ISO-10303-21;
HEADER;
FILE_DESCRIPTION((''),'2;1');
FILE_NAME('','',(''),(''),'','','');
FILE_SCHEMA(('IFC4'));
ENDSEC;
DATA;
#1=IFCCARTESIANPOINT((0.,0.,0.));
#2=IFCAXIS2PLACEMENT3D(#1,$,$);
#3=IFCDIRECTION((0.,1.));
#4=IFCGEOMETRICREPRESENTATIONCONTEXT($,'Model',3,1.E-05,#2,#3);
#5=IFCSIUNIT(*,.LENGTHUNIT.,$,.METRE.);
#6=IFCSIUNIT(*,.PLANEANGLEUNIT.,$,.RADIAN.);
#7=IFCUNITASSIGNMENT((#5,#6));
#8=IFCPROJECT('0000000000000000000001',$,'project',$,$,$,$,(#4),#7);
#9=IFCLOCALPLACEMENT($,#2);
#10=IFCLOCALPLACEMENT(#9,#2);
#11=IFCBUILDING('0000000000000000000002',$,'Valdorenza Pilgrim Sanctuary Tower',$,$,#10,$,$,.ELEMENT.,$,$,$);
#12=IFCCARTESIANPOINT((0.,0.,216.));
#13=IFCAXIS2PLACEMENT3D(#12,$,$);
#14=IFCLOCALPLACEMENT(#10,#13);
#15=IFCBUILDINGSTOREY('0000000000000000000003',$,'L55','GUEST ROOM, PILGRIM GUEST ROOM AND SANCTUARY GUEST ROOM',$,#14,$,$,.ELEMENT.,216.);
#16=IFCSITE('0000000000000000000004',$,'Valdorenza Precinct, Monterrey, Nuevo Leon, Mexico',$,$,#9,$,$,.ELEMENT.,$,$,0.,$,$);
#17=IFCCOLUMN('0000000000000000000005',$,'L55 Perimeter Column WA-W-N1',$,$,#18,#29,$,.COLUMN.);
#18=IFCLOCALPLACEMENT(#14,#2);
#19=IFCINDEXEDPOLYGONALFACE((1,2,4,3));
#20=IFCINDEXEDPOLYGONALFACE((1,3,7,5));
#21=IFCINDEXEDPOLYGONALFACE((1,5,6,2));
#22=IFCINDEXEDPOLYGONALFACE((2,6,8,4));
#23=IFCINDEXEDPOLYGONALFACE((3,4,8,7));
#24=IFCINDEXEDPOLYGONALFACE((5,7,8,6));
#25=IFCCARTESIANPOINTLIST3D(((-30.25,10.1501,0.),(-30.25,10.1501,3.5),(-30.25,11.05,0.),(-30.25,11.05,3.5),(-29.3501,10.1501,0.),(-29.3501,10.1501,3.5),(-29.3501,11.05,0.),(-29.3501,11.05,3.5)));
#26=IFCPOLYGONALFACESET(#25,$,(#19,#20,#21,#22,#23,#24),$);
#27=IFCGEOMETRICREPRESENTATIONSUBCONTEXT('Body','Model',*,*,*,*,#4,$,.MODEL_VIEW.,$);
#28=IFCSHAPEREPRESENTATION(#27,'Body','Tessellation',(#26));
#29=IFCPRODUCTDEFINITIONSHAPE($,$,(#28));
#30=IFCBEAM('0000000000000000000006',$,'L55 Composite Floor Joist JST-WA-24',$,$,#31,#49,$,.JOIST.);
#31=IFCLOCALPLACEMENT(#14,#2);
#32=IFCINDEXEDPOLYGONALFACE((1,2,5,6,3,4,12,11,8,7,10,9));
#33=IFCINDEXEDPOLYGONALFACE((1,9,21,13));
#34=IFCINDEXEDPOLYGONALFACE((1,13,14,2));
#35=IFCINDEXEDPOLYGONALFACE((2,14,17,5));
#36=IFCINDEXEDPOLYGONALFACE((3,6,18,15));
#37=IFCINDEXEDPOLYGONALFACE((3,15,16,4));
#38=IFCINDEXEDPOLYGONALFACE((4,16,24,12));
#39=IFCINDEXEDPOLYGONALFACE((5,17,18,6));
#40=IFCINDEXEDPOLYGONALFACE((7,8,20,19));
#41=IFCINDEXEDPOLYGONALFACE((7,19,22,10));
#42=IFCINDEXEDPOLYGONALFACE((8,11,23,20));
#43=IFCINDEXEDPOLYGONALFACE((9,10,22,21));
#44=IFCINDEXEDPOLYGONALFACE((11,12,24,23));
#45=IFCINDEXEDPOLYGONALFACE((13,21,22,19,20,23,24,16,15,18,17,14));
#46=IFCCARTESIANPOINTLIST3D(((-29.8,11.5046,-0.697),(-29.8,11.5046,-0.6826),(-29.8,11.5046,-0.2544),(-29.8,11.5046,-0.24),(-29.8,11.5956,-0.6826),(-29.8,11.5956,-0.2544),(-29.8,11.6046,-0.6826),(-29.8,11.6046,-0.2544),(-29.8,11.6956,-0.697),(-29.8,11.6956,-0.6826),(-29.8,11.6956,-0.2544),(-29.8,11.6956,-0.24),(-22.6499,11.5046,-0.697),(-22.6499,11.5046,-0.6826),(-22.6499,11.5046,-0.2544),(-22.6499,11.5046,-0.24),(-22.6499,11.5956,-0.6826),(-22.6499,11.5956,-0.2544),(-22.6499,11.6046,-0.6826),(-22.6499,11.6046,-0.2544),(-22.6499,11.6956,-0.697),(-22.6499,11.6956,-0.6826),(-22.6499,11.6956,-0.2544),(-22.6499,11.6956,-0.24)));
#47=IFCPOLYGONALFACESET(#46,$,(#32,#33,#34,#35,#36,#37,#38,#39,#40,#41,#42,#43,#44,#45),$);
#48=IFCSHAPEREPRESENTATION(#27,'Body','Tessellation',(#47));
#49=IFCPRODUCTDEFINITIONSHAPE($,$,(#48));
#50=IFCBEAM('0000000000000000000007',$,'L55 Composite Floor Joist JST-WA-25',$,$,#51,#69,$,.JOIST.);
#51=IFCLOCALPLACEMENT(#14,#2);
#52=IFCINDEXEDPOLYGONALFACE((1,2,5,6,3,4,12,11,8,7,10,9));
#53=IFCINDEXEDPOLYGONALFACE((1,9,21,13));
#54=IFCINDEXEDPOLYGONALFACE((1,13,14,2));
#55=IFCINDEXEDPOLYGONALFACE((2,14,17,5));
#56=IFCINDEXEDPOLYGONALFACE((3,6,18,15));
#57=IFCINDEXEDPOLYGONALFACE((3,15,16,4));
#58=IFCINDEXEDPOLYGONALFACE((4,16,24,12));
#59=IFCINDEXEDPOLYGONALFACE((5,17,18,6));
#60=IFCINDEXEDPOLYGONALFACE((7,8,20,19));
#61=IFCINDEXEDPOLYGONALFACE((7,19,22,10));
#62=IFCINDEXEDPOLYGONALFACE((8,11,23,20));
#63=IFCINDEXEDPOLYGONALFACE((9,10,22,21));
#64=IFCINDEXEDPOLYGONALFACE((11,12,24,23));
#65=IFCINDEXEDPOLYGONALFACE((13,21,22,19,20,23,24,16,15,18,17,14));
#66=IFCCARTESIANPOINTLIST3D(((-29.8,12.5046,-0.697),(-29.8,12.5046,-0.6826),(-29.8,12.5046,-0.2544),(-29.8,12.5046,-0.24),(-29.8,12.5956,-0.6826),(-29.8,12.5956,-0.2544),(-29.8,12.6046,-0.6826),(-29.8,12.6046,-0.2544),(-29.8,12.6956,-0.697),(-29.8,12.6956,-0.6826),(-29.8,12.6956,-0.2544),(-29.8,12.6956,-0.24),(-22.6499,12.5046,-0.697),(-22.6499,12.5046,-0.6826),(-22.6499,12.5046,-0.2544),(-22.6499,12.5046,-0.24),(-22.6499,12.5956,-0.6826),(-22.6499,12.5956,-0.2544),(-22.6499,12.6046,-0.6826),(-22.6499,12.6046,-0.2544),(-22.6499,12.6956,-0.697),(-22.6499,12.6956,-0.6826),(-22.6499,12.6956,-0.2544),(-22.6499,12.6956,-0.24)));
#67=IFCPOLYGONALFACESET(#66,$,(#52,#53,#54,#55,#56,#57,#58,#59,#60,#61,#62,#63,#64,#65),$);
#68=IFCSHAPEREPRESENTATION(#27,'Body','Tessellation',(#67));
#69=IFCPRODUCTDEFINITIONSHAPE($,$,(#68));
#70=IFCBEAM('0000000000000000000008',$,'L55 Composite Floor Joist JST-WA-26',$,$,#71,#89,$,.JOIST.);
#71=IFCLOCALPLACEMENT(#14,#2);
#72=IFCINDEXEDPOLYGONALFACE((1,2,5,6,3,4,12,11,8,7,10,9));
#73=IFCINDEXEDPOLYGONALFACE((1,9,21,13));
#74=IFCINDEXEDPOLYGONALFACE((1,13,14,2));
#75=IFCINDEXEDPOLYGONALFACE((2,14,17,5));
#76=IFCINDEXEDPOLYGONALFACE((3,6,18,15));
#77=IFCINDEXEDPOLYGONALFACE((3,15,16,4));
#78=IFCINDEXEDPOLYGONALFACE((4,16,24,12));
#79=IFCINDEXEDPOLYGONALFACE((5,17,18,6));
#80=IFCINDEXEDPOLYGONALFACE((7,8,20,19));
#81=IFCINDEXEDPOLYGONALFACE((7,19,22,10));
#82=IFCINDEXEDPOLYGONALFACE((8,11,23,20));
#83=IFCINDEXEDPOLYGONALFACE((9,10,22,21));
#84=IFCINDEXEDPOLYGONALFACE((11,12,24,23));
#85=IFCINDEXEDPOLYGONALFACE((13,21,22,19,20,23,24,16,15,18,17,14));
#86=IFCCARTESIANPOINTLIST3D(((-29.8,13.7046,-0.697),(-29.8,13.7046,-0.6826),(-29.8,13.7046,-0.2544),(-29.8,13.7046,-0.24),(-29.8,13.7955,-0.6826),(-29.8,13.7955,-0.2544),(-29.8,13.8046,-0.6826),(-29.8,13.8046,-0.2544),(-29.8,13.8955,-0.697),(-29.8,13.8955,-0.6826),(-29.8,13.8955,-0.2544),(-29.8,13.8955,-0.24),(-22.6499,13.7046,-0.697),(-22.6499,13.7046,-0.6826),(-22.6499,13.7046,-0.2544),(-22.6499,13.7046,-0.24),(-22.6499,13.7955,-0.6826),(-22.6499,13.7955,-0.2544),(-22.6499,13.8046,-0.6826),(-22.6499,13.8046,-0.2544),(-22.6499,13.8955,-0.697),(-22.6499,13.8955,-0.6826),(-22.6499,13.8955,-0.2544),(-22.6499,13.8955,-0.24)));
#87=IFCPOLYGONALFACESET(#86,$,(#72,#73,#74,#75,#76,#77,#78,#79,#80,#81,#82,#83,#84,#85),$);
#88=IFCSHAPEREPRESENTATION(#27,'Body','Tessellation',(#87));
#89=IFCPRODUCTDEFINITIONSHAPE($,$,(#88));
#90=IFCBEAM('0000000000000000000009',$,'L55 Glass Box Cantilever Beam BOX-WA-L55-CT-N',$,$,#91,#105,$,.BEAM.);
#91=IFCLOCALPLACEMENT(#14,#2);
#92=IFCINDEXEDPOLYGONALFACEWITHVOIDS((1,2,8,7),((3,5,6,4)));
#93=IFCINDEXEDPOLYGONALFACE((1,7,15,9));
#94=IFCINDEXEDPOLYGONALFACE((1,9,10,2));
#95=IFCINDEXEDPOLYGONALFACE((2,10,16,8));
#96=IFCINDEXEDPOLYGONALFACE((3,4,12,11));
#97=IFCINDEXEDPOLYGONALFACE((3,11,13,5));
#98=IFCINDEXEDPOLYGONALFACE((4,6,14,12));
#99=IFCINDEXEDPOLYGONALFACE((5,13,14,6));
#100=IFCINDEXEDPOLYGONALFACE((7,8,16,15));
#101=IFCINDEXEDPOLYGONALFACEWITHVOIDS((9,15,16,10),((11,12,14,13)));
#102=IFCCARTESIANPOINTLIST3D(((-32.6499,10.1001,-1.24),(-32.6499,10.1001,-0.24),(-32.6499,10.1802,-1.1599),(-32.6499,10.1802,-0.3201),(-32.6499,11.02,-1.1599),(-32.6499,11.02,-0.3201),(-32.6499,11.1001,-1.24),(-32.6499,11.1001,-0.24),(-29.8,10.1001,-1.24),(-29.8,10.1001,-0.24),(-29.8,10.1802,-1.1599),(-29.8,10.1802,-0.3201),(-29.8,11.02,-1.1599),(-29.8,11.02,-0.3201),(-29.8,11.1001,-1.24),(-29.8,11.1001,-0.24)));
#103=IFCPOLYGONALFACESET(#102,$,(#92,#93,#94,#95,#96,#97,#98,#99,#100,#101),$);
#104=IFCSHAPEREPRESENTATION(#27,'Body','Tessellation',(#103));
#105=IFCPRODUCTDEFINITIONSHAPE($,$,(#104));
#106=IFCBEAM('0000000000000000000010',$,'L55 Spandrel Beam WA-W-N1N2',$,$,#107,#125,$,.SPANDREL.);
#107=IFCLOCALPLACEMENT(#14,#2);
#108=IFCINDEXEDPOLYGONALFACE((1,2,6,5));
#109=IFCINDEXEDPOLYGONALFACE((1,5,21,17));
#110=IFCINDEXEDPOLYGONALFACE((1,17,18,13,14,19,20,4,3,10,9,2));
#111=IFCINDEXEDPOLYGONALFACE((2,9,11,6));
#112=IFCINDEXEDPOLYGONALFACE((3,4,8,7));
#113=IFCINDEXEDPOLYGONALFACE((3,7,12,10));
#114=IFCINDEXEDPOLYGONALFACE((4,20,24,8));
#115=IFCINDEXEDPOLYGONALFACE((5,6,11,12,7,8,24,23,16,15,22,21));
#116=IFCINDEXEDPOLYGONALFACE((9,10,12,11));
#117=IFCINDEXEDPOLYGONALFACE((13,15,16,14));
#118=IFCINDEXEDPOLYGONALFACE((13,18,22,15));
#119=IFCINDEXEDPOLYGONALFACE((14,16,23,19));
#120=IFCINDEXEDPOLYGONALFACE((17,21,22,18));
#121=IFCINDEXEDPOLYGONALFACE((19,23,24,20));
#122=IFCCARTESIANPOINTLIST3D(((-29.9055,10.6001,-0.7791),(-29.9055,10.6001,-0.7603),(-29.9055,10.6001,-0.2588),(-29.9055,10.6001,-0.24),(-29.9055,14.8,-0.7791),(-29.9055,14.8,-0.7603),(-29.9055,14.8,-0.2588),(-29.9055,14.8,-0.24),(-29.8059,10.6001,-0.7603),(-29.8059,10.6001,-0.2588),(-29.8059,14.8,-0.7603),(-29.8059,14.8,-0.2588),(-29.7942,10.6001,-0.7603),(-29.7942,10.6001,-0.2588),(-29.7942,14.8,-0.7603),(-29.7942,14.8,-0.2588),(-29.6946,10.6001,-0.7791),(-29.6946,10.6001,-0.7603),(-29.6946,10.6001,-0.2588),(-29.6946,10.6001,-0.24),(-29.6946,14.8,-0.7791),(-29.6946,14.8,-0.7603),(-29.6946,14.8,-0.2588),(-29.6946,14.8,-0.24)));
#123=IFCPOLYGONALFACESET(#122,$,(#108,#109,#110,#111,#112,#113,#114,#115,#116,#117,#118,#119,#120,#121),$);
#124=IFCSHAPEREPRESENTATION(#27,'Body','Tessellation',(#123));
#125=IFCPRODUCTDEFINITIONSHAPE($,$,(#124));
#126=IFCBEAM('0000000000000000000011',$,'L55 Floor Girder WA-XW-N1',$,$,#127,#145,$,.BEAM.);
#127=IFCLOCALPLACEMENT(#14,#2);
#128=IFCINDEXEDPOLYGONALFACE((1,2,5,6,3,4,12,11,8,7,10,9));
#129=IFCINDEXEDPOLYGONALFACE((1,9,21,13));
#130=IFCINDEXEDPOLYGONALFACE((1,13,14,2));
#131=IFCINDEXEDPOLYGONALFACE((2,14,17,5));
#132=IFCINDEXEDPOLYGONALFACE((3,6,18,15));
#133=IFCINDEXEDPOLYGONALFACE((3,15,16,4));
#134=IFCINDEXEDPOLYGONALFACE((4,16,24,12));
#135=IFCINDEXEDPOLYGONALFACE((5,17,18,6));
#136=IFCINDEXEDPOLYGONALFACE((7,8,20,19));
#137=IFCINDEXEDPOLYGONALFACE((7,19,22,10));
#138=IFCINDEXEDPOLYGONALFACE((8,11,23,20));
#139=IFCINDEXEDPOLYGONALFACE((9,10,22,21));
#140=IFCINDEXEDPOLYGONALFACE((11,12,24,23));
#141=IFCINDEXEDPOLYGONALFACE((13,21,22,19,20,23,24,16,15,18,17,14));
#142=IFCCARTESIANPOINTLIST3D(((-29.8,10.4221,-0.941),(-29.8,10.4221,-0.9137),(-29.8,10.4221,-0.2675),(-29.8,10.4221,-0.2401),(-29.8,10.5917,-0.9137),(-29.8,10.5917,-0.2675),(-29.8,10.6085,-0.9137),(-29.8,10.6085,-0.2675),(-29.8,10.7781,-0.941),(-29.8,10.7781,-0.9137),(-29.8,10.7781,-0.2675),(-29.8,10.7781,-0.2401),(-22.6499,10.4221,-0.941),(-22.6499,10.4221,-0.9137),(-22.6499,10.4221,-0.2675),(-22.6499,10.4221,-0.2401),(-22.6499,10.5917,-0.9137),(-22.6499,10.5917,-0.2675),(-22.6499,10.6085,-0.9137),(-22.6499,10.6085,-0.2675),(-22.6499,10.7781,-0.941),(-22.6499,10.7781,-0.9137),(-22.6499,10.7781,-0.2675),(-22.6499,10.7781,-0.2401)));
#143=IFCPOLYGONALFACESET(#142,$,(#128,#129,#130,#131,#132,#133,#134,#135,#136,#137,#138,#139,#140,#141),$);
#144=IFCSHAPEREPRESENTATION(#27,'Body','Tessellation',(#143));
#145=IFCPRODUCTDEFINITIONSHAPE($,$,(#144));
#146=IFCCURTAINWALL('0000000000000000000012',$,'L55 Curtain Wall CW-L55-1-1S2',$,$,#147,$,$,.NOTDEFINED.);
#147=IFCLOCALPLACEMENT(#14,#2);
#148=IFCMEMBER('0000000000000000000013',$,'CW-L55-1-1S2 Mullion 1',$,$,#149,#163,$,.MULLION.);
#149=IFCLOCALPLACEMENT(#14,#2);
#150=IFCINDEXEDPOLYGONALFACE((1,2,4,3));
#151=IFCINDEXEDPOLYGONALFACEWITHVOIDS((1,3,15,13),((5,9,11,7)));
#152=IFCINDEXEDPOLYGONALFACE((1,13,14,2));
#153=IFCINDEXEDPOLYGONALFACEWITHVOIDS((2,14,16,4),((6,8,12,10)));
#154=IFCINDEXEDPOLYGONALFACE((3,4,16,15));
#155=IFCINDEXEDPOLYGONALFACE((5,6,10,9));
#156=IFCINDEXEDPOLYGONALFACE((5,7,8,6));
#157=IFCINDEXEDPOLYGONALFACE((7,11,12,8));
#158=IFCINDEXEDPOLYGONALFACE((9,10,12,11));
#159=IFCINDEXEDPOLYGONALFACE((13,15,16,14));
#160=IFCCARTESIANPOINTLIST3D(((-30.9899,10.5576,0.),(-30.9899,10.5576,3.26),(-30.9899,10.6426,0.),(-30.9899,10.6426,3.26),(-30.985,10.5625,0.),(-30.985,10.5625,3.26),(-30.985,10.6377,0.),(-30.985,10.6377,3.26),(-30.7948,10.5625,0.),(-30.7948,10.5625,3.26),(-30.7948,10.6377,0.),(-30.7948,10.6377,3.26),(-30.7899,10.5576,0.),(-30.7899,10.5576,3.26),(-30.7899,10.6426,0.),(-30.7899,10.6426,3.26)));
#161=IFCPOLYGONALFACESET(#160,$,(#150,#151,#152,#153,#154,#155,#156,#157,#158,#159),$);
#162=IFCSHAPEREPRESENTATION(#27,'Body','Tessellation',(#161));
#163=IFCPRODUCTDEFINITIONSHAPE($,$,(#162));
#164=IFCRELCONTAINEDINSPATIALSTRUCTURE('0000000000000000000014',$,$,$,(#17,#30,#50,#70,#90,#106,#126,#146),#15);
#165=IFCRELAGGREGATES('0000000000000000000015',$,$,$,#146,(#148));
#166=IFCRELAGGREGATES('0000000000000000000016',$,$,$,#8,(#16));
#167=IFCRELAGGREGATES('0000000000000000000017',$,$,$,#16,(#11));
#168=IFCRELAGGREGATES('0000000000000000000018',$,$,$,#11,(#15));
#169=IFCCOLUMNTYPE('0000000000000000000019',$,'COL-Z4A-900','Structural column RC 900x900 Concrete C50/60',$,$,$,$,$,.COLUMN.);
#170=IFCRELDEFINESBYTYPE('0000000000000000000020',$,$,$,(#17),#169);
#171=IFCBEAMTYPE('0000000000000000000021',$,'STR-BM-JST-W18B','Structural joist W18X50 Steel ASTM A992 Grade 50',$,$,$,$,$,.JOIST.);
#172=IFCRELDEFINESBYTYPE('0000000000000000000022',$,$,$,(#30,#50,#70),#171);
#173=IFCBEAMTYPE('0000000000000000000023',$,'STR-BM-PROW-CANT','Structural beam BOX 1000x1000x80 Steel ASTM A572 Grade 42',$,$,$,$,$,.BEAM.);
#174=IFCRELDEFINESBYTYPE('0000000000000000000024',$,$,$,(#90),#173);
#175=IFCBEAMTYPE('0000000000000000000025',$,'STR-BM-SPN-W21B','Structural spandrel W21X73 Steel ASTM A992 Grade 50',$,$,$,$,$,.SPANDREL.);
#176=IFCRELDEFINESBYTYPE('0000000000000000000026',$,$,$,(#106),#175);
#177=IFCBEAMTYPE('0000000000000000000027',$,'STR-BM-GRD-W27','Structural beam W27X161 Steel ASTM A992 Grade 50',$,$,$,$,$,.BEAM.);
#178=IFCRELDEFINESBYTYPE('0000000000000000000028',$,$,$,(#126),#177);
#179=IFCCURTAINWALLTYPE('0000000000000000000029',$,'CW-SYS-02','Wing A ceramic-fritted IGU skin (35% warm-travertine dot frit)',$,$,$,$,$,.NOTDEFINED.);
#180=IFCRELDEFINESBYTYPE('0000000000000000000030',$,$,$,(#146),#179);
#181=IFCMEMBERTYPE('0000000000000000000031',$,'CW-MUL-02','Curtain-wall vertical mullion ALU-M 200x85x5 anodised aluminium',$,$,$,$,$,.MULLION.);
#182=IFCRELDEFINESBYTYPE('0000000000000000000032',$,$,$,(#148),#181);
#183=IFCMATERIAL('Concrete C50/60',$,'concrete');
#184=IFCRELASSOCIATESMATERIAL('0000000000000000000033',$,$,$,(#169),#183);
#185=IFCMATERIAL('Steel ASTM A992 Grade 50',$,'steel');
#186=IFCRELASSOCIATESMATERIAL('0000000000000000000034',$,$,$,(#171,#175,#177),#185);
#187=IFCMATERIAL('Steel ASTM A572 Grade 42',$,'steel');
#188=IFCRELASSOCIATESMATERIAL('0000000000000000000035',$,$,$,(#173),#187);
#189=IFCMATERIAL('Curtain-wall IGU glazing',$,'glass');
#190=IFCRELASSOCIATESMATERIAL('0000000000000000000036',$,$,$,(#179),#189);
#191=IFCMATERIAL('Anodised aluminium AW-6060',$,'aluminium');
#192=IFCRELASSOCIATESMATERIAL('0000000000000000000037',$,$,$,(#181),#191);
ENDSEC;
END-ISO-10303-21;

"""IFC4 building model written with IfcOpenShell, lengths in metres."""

from ifc_helpers import new_model, si_unit, direction, frame, origin, origin_2d, place, context, subcontext, project, spatial, rectangle, hollow_rectangle, i_section, extrude, source, transform, mapped, material, material_profile, profile_set, type_object, element, aggregate, save


model = new_model("IFC4")

# Units and contexts
model_context = context("Model", 3, precision=1e-05, world=origin(), true_north=direction((0.0, 1.0)))
body_context = subcontext(model_context, "Body", "Model", "MODEL_VIEW")
ifc_project = project(units=[si_unit("LENGTHUNIT", "METRE"), si_unit("PLANEANGLEUNIT", "RADIAN")], contexts=[model_context])

# Site, building, storey
site_placement = place(None, origin())
site = spatial("IfcSite", under=ifc_project, at=site_placement, Name="Valdorenza Precinct, Monterrey, Nuevo Leon, Mexico", CompositionType="ELEMENT", RefElevation=0.0)
building_placement = place(site_placement, origin())
building = spatial("IfcBuilding", under=site, at=building_placement, Name="Valdorenza Pilgrim Sanctuary Tower", CompositionType="ELEMENT")
storey_placement = place(building_placement, frame((0.0, 0.0, 216.0)))
storey = spatial("IfcBuildingStorey", under=building, at=storey_placement, Name="L55", Description="GUEST ROOM, PILGRIM GUEST ROOM AND SANCTUARY GUEST ROOM", CompositionType="ELEMENT", Elevation=216.0)

# Column
ifc_material_1 = material(Name="Concrete C50/60", Category="concrete")
ifc_material_profile_1 = material_profile(ifc_material_1, rectangle(XDim=0.8999, YDim=0.8999, at=origin_2d()), Name="RC 900x900")
ifc_profile_set_1 = profile_set([ifc_material_profile_1], Name="Concrete C50/60")
column_type = type_object("IfcColumnType", Name="COL-Z4A-900", Description="Structural column RC 900x900 Concrete C50/60", PredefinedType="COLUMN", material=ifc_profile_set_1)
shared_shape_1 = source(origin(), body_context, "Body", "SweptSolid", [
    extrude(rectangle(XDim=0.8999, YDim=0.8999, at=origin_2d()), origin(), (0.0, 0.0, 1.0), 3.5),
])
column_placement = place(storey_placement, frame((-29.8, 10.6001, 0.0), z_axis=(0.0, 0.0, 1.0), x_axis=(1.0, 0.0, 0.0)))
element("IfcColumn", 1, at=column_placement, inside=storey, type_object=column_type, Name="L55 Perimeter Column WA-W-N1", PredefinedType="COLUMN", context=body_context, shape_type="MappedRepresentation", body=[
    mapped(shared_shape_1, transform((0.0, 0.0, 0.0), x_axis=(1.0, 0.0, 0.0), y_axis=(0.0, 1.0, 0.0), z_axis=(0.0, 0.0, 1.0), scale=1.0)),
])

# Beams
ifc_material_2 = material(Name="Steel ASTM A992 Grade 50", Category="steel")
ifc_material_profile_2 = material_profile(ifc_material_2, i_section(OverallWidth=0.1909, OverallDepth=0.457, WebThickness=0.009, FlangeThickness=0.0144, at=origin_2d()), Name="W18X50")
ifc_profile_set_2 = profile_set([ifc_material_profile_2], Name="Steel ASTM A992 Grade 50")
beam_type_1 = type_object("IfcBeamType", Name="STR-BM-JST-W18B", Description="Structural joist W18X50 Steel ASTM A992 Grade 50", PredefinedType="JOIST", material=ifc_profile_set_2)
shared_shape_2 = source(origin(), body_context, "Body", "SweptSolid", [
    extrude(i_section(OverallWidth=0.1909, OverallDepth=0.457, WebThickness=0.009, FlangeThickness=0.0144, at=origin_2d()), origin(), (0.0, 0.0, 1.0), 7.1501),
])
for number, where, z_axis, x_axis, name in (
    (2, (-29.8, 11.6001, -0.4685), (1.0, 0.0, 0.0), (0.0, 1.0, 0.0), "L55 Composite Floor Joist JST-WA-24"),
    (3, (-29.8, 12.6001, -0.4685), (1.0, 0.0, 0.0), (0.0, 1.0, 0.0), "L55 Composite Floor Joist JST-WA-25"),
    (4, (-29.8, 13.8, -0.4685), (1.0, 0.0, 0.0), (0.0, 1.0, 0.0), "L55 Composite Floor Joist JST-WA-26"),
):
    element("IfcBeam", number, at=place(storey_placement, frame(where, z_axis=z_axis, x_axis=x_axis)), inside=storey, type_object=beam_type_1, Name=name, PredefinedType="JOIST", context=body_context, shape_type="MappedRepresentation", body=[
        mapped(shared_shape_2, transform((0.0, 0.0, 0.0), x_axis=(1.0, 0.0, 0.0), y_axis=(0.0, 1.0, 0.0), z_axis=(0.0, 0.0, 1.0), scale=1.0)),
    ])
ifc_material_3 = material(Name="Steel ASTM A572 Grade 42", Category="steel")
ifc_material_profile_3 = material_profile(ifc_material_3, hollow_rectangle(XDim=1.0, YDim=1.0, WallThickness=0.0801, at=origin_2d()), Name="BOX 1000x1000x80")
ifc_profile_set_3 = profile_set([ifc_material_profile_3], Name="Steel ASTM A572 Grade 42")
beam_type_2 = type_object("IfcBeamType", Name="STR-BM-PROW-CANT", Description="Structural beam BOX 1000x1000x80 Steel ASTM A572 Grade 42", PredefinedType="BEAM", material=ifc_profile_set_3)
shared_shape_3 = source(origin(), body_context, "Body", "SweptSolid", [
    extrude(hollow_rectangle(XDim=1.0, YDim=1.0, WallThickness=0.0801, at=origin_2d()), origin(), (0.0, 0.0, 1.0), 2.8499),
])
beam_1_placement = place(storey_placement, frame((-29.8, 10.6001, -0.74), z_axis=(-1.0, 0.0, 0.0), x_axis=(0.0, -1.0, 0.0)))
element("IfcBeam", 5, at=beam_1_placement, inside=storey, type_object=beam_type_2, Name="L55 Glass Box Cantilever Beam BOX-WA-L55-CT-N", PredefinedType="BEAM", context=body_context, shape_type="MappedRepresentation", body=[
    mapped(shared_shape_3, transform((0.0, 0.0, 0.0), x_axis=(1.0, 0.0, 0.0), y_axis=(0.0, 1.0, 0.0), z_axis=(0.0, 0.0, 1.0), scale=1.0)),
])
ifc_material_profile_4 = material_profile(ifc_material_2, i_section(OverallWidth=0.2109, OverallDepth=0.5391, WebThickness=0.0117, FlangeThickness=0.0188, at=origin_2d()), Name="W21X73")
ifc_profile_set_4 = profile_set([ifc_material_profile_4], Name="Steel ASTM A992 Grade 50")
beam_type_3 = type_object("IfcBeamType", Name="STR-BM-SPN-W21B", Description="Structural spandrel W21X73 Steel ASTM A992 Grade 50", PredefinedType="SPANDREL", material=ifc_profile_set_4)
shared_shape_4 = source(origin(), body_context, "Body", "SweptSolid", [
    extrude(i_section(OverallWidth=0.2109, OverallDepth=0.5391, WebThickness=0.0117, FlangeThickness=0.0188, at=origin_2d()), origin(), (0.0, 0.0, 1.0), 4.2),
])
beam_2_placement = place(storey_placement, frame((-29.8, 10.6001, -0.5095), z_axis=(0.0, 1.0, 0.0), x_axis=(-1.0, 0.0, 0.0)))
element("IfcBeam", 6, at=beam_2_placement, inside=storey, type_object=beam_type_3, Name="L55 Spandrel Beam WA-W-N1N2", PredefinedType="SPANDREL", context=body_context, shape_type="MappedRepresentation", body=[
    mapped(shared_shape_4, transform((0.0, 0.0, 0.0), x_axis=(1.0, 0.0, 0.0), y_axis=(0.0, 1.0, 0.0), z_axis=(0.0, 0.0, 1.0), scale=1.0)),
])
ifc_material_profile_5 = material_profile(ifc_material_2, i_section(OverallWidth=0.356, OverallDepth=0.7009, WebThickness=0.0168, FlangeThickness=0.0273, at=origin_2d()), Name="W27X161")
ifc_profile_set_5 = profile_set([ifc_material_profile_5], Name="Steel ASTM A992 Grade 50")
beam_type_4 = type_object("IfcBeamType", Name="STR-BM-GRD-W27", Description="Structural beam W27X161 Steel ASTM A992 Grade 50", PredefinedType="BEAM", material=ifc_profile_set_5)
shared_shape_5 = source(origin(), body_context, "Body", "SweptSolid", [
    extrude(i_section(OverallWidth=0.356, OverallDepth=0.7009, WebThickness=0.0168, FlangeThickness=0.0273, at=origin_2d()), origin(), (0.0, 0.0, 1.0), 7.1501),
])
beam_3_placement = place(storey_placement, frame((-29.8, 10.6001, -0.5906), z_axis=(1.0, 0.0, 0.0), x_axis=(0.0, 1.0, 0.0)))
element("IfcBeam", 7, at=beam_3_placement, inside=storey, type_object=beam_type_4, Name="L55 Floor Girder WA-XW-N1", PredefinedType="BEAM", context=body_context, shape_type="MappedRepresentation", body=[
    mapped(shared_shape_5, transform((0.0, 0.0, 0.0), x_axis=(1.0, 0.0, 0.0), y_axis=(0.0, 1.0, 0.0), z_axis=(0.0, 0.0, 1.0), scale=1.0)),
])

# Curtain wall, member
ifc_material_4 = material(Name="Curtain-wall IGU glazing", Category="glass")
curtain_wall_type = type_object("IfcCurtainWallType", Name="CW-SYS-02", Description="Wing A ceramic-fritted IGU skin (35% warm-travertine dot frit)", PredefinedType="NOTDEFINED", material=ifc_material_4)
curtain_wall_1_placement = place(storey_placement, origin())
curtain_wall_1 = element("IfcCurtainWall", 8, at=curtain_wall_1_placement, inside=storey, type_object=curtain_wall_type, Name="L55 Curtain Wall CW-L55-1-1S2", PredefinedType="NOTDEFINED")
ifc_material_5 = material(Name="Anodised aluminium AW-6060", Category="aluminium")
ifc_material_profile_6 = material_profile(ifc_material_5, hollow_rectangle(XDim=0.085, YDim=0.2, WallThickness=0.0049, at=origin_2d()), Name="ALU-M 200x85x5")
ifc_profile_set_6 = profile_set([ifc_material_profile_6], Name="Anodised aluminium AW-6060")
member_type_1 = type_object("IfcMemberType", Name="CW-MUL-02", Description="Curtain-wall vertical mullion ALU-M 200x85x5 anodised aluminium", PredefinedType="MULLION", material=ifc_profile_set_6)
shared_shape_6 = source(origin(), body_context, "Body", "SweptSolid", [
    extrude(hollow_rectangle(XDim=0.085, YDim=0.2, WallThickness=0.0049, at=origin_2d()), origin(), (0.0, 0.0, 1.0), 3.26),
])
member_1_placement = place(storey_placement, frame((-30.8899, 10.6001, 0.0), z_axis=(0.0, 0.0, 1.0), x_axis=(0.0, 1.0, 0.0)))
member_1 = element("IfcMember", 9, at=member_1_placement, type_object=member_type_1, Name="CW-L55-1-1S2 Mullion 1", PredefinedType="MULLION", context=body_context, shape_type="MappedRepresentation", body=[
    mapped(shared_shape_6, transform((0.0, 0.0, 0.0), x_axis=(1.0, 0.0, 0.0), y_axis=(0.0, 1.0, 0.0), z_axis=(0.0, 0.0, 1.0), scale=1.0)),
])

aggregate(curtain_wall_1, [member_1])

save(model, "model.ifc")
